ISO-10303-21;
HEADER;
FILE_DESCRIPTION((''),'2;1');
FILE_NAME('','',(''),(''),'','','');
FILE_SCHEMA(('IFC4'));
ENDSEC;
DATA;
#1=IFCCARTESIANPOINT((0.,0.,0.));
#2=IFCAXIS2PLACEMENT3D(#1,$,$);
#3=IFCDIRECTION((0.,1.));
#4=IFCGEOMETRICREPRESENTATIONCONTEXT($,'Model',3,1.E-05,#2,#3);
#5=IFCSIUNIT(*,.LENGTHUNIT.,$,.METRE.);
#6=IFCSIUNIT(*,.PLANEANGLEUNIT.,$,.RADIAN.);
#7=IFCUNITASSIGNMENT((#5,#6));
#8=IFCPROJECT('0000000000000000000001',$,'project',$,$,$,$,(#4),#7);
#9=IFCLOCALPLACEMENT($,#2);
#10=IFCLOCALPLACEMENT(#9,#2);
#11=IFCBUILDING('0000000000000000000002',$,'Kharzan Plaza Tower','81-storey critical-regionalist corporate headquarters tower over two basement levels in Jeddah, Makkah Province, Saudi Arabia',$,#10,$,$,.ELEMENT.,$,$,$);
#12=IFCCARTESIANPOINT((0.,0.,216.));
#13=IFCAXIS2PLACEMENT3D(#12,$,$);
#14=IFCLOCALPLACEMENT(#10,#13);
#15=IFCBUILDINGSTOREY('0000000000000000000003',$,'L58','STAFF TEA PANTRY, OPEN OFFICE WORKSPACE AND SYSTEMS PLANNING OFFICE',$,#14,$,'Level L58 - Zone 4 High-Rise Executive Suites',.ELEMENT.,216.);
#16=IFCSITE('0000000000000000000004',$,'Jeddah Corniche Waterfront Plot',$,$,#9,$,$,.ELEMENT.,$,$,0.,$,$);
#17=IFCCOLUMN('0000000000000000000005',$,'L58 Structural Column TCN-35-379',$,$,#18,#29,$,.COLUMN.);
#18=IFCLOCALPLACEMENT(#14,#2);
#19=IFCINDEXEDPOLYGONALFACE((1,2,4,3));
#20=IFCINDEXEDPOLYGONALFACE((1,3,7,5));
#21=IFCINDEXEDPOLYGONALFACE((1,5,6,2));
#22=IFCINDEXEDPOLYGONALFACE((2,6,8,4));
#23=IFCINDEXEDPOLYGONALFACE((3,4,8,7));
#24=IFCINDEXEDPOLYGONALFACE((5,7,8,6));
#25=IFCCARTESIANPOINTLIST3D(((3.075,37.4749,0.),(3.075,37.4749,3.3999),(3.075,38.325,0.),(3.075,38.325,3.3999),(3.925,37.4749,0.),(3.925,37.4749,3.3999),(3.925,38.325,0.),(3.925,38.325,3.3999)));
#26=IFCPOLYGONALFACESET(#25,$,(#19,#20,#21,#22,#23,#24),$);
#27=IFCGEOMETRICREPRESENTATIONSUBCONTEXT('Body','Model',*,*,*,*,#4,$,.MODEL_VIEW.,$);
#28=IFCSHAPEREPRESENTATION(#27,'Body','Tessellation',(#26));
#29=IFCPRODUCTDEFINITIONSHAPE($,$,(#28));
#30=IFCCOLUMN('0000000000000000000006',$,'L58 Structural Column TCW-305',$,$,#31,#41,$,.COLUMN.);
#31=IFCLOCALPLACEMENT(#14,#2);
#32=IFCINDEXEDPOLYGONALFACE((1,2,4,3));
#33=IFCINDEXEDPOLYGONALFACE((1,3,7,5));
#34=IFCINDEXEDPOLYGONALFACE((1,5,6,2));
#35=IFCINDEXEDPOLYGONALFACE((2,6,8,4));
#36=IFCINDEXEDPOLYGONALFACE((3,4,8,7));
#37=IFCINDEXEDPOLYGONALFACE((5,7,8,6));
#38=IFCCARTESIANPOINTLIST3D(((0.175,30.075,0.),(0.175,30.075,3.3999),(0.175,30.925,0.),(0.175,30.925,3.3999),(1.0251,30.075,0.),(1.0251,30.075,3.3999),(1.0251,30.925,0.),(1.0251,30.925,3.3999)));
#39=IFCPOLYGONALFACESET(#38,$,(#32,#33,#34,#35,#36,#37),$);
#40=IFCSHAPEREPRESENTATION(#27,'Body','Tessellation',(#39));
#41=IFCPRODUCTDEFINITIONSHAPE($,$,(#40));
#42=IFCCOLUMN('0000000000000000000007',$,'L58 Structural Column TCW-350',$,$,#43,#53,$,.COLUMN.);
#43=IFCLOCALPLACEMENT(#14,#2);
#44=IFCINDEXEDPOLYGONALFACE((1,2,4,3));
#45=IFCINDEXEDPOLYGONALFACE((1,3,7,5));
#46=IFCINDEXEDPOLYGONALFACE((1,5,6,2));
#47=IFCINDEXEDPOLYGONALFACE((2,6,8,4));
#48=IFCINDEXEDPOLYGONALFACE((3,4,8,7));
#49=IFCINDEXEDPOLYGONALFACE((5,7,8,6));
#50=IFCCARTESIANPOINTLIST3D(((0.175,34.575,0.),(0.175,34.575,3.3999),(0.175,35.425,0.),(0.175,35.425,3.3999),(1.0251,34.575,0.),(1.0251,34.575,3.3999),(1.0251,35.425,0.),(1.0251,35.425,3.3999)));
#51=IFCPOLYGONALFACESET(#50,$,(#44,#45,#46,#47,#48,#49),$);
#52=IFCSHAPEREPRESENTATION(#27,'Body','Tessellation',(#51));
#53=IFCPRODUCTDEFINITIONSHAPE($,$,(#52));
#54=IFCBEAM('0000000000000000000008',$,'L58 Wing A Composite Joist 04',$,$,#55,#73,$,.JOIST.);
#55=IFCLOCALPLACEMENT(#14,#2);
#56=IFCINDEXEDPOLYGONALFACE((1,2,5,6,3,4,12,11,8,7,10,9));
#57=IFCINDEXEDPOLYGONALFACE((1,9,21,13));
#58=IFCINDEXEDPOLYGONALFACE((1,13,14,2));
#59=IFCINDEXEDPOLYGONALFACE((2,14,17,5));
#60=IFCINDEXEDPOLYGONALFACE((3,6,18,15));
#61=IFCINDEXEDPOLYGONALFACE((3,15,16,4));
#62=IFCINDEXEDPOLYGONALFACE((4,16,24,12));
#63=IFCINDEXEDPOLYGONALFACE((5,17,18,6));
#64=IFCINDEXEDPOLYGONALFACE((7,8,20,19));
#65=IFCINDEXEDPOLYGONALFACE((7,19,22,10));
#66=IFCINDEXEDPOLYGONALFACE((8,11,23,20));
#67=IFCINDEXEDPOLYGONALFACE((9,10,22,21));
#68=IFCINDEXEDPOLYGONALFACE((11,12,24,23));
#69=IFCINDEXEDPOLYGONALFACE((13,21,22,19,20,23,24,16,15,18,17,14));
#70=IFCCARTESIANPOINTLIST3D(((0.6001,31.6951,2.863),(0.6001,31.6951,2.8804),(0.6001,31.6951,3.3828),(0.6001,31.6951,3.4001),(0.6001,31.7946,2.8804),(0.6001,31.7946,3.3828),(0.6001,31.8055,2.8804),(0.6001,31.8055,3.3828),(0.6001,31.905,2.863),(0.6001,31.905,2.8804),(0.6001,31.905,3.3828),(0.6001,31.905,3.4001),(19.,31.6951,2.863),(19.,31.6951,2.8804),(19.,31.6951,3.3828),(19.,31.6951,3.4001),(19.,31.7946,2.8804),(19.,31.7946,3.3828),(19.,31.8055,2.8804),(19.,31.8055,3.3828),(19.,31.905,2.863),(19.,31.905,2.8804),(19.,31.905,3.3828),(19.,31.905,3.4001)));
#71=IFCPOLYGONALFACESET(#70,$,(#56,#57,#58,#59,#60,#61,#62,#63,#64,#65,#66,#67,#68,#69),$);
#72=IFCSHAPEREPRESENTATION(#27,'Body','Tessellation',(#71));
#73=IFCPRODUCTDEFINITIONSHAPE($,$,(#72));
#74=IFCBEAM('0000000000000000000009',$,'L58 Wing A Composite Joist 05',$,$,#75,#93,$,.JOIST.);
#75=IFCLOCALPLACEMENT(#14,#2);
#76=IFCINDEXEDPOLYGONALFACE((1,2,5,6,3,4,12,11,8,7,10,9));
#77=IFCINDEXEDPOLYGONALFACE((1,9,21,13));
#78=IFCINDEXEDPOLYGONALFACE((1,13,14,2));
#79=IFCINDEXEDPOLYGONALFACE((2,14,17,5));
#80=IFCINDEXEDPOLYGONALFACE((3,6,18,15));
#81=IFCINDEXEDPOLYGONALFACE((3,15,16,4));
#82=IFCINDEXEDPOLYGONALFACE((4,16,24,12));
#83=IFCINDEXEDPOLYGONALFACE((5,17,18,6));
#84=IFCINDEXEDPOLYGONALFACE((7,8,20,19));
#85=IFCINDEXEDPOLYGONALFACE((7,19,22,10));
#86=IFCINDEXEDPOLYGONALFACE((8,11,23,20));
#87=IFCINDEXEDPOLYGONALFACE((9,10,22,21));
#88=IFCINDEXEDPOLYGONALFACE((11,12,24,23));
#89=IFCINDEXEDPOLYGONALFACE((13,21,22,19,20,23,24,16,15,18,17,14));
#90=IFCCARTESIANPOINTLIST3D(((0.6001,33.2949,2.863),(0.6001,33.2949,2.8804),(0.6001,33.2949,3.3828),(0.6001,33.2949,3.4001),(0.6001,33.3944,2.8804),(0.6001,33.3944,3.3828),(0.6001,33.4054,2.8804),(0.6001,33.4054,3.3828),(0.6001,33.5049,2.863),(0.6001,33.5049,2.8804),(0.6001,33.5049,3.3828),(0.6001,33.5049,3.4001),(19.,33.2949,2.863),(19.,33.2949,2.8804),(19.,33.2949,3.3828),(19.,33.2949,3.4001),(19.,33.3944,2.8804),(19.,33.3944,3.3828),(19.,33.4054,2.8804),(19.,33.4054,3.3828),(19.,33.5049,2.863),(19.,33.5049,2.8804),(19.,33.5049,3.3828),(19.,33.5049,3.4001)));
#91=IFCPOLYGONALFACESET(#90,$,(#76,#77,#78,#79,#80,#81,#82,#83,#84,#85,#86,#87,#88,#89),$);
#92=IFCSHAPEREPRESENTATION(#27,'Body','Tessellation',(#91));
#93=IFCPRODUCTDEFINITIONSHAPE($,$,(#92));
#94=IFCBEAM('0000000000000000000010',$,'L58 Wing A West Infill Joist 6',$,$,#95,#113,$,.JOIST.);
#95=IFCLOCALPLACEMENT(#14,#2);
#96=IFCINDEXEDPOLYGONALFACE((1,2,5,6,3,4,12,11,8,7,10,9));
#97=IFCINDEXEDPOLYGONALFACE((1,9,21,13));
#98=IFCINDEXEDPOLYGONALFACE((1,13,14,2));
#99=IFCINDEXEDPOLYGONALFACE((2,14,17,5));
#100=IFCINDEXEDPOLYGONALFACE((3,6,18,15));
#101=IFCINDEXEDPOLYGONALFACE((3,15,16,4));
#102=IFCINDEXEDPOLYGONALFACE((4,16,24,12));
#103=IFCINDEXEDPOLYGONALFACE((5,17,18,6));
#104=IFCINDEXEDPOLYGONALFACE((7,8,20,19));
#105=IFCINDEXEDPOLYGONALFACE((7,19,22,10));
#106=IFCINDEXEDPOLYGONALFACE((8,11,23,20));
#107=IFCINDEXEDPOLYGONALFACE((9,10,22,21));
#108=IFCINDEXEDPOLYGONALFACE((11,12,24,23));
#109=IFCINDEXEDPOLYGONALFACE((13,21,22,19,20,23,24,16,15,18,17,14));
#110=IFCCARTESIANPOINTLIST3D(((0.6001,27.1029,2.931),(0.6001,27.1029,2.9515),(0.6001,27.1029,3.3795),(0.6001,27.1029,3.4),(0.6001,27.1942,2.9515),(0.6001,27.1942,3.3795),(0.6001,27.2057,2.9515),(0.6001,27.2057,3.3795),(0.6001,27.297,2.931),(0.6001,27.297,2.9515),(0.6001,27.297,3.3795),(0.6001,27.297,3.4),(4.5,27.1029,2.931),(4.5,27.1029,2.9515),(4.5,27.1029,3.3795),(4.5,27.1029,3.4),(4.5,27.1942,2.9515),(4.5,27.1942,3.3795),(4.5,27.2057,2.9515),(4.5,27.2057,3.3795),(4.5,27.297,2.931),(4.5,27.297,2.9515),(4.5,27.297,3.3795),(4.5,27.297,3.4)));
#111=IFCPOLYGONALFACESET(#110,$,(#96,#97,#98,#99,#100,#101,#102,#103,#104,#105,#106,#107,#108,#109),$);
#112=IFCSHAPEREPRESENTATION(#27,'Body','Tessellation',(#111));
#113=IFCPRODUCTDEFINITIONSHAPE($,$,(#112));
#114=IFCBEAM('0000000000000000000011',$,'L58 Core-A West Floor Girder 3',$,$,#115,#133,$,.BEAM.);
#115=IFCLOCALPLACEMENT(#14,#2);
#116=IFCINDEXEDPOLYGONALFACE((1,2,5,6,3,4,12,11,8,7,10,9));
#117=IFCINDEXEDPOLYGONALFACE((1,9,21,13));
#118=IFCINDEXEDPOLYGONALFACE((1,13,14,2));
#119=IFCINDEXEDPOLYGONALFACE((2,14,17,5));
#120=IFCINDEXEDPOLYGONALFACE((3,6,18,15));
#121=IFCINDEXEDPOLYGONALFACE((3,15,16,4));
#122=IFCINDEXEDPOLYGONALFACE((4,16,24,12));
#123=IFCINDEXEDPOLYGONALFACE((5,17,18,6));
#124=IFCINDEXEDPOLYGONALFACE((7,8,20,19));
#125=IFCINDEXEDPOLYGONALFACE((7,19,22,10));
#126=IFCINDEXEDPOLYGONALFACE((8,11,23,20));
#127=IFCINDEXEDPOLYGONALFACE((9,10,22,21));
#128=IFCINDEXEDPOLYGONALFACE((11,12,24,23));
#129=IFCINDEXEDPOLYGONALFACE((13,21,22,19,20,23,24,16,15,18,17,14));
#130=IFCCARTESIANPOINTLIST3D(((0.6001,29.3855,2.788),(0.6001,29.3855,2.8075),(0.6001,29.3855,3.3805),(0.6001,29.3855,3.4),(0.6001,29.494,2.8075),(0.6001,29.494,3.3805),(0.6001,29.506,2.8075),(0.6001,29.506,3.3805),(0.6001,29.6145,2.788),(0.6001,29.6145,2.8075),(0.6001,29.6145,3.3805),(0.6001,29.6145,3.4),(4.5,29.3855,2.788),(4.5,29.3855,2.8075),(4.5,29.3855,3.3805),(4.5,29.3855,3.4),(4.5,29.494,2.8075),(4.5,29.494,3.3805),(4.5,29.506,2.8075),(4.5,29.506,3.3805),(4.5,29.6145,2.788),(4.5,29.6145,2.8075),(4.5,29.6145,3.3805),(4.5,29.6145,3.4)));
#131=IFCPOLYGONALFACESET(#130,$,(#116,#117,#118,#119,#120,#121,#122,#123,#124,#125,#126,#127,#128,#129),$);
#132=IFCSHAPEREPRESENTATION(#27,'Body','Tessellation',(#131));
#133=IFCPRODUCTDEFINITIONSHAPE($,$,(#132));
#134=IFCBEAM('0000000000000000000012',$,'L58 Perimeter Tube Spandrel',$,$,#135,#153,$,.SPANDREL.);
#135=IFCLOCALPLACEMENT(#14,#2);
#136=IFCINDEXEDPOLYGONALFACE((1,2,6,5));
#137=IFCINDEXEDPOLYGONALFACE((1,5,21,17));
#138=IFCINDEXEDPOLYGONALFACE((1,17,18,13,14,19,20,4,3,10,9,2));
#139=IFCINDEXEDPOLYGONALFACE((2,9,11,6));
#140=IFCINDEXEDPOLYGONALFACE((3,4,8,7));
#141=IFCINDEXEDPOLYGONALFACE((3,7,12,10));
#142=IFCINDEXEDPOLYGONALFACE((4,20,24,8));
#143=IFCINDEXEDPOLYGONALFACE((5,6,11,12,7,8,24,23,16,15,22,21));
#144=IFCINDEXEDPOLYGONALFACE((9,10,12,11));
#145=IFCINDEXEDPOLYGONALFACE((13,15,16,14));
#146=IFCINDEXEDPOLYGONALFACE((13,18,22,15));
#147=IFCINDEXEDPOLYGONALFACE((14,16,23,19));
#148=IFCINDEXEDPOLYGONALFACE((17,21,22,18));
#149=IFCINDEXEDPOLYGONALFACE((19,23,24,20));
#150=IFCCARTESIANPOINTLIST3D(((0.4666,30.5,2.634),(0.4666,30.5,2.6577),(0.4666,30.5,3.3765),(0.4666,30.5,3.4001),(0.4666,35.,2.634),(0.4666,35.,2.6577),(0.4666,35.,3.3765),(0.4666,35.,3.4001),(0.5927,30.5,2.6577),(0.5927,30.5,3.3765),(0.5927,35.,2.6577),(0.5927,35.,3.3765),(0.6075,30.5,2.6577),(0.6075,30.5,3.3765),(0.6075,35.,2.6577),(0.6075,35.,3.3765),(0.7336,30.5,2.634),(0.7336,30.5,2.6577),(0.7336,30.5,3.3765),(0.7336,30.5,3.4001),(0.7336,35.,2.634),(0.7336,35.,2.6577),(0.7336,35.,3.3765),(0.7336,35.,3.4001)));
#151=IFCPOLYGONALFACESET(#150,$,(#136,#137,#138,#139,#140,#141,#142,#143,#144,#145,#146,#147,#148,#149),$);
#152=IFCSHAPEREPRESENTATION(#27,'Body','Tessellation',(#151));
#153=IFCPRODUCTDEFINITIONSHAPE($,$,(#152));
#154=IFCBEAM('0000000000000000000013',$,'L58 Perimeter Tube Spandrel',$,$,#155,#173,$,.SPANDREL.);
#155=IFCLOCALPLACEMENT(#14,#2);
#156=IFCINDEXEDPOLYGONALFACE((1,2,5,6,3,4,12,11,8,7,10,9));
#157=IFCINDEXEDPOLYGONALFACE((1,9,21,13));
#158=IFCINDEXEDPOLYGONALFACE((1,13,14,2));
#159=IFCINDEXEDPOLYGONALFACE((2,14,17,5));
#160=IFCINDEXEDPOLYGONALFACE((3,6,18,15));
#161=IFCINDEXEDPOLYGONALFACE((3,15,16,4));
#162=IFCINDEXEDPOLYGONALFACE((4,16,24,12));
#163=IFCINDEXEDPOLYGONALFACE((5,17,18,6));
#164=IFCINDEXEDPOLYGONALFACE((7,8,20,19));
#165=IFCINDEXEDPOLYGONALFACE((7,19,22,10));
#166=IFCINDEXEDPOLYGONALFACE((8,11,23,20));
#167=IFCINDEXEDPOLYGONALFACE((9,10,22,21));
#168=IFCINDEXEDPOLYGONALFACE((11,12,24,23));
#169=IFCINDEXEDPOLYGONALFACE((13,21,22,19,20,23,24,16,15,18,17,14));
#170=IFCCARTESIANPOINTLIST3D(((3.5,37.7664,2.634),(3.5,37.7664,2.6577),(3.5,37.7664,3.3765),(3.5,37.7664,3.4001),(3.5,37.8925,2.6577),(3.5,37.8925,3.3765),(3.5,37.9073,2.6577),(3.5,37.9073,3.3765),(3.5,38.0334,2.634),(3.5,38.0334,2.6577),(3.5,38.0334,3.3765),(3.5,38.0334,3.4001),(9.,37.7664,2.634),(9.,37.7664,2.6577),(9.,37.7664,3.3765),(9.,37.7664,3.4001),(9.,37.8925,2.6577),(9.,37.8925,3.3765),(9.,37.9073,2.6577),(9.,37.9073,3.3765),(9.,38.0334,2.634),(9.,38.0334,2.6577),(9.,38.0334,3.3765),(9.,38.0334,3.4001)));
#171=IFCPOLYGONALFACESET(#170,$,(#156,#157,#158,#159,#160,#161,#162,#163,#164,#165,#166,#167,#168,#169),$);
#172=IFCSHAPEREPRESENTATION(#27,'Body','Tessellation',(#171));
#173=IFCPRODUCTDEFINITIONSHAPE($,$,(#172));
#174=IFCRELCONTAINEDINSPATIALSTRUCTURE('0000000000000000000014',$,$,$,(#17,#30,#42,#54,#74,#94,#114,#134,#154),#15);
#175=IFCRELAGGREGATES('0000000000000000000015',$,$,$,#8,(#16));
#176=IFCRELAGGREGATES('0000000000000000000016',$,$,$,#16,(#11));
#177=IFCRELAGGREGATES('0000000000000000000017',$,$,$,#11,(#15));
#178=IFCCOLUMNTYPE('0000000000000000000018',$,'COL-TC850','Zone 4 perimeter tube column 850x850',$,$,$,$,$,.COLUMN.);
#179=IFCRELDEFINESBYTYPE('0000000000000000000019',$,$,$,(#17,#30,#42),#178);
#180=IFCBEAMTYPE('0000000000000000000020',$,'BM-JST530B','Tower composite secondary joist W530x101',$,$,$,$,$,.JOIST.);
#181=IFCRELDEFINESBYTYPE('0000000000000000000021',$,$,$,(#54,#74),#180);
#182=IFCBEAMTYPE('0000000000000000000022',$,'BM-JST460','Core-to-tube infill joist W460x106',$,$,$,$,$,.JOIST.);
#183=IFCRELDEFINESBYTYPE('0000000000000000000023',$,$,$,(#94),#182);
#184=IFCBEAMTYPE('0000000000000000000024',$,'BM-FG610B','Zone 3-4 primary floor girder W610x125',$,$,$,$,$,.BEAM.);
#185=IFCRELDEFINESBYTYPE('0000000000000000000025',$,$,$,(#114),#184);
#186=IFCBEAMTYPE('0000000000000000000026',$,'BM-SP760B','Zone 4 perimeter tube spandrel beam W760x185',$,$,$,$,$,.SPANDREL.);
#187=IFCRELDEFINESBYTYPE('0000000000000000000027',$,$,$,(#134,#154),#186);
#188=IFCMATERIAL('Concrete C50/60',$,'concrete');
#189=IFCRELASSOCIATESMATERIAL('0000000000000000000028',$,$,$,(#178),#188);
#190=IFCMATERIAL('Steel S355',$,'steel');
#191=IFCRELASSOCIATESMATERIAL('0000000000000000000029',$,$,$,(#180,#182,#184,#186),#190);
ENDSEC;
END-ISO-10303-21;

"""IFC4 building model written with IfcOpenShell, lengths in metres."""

from ifc_helpers import new_model, si_unit, direction, frame, origin, origin_2d, place, context, subcontext, project, spatial, rectangle, i_section, extrude, source, transform, mapped, material, material_profile, profile_set, type_object, element, save


model = new_model("IFC4")

# Units and contexts
model_context = context("Model", 3, precision=1e-05, world=origin(), true_north=direction((0.0, 1.0)))
body_context = subcontext(model_context, "Body", "Model", "MODEL_VIEW")
ifc_project = project(units=[si_unit("LENGTHUNIT", "METRE"), si_unit("PLANEANGLEUNIT", "RADIAN")], contexts=[model_context])

# Site, building, storey
site_placement = place(None, origin())
site = spatial("IfcSite", under=ifc_project, at=site_placement, Name="Jeddah Corniche Waterfront Plot", CompositionType="ELEMENT", RefElevation=0.0)
building_placement = place(site_placement, origin())
building = spatial("IfcBuilding", under=site, at=building_placement, Name="Kharzan Plaza Tower", Description="81-storey critical-regionalist corporate headquarters tower over two basement levels in Jeddah, Makkah Province, Saudi Arabia", CompositionType="ELEMENT")
storey_placement = place(building_placement, frame((0.0, 0.0, 216.0)))
storey = spatial("IfcBuildingStorey", under=building, at=storey_placement, Name="L58", Description="STAFF TEA PANTRY, OPEN OFFICE WORKSPACE AND SYSTEMS PLANNING OFFICE", LongName="Level L58 - Zone 4 High-Rise Executive Suites", CompositionType="ELEMENT", Elevation=216.0)

# Columns
ifc_material_1 = material(Name="Concrete C50/60", Category="concrete")
ifc_material_profile_1 = material_profile(ifc_material_1, rectangle(XDim=0.8501, YDim=0.8501, at=origin_2d()), Name="RC-TC850x850")
ifc_profile_set_1 = profile_set([ifc_material_profile_1], Name="Concrete C50/60")
column_type = type_object("IfcColumnType", Name="COL-TC850", Description="Zone 4 perimeter tube column 850x850", PredefinedType="COLUMN", material=ifc_profile_set_1)
shared_shape_1 = source(origin(), body_context, "Body", "SweptSolid", [
    extrude(rectangle(XDim=0.8501, YDim=0.8501, at=origin_2d()), origin(), (0.0, 0.0, 1.0), 3.3999),
])
for number, where, z_axis, x_axis, name in (
    (1, (3.5, 37.8999, 0.0), (0.0, 0.0, 1.0), (1.0, 0.0, 0.0), "L58 Structural Column TCN-35-379"),
    (2, (0.6001, 30.5, 0.0), (0.0, 0.0, 1.0), (1.0, 0.0, 0.0), "L58 Structural Column TCW-305"),
    (3, (0.6001, 35.0, 0.0), (0.0, 0.0, 1.0), (1.0, 0.0, 0.0), "L58 Structural Column TCW-350"),
):
    element("IfcColumn", number, at=place(storey_placement, frame(where, z_axis=z_axis, x_axis=x_axis)), inside=storey, type_object=column_type, Name=name, PredefinedType="COLUMN", context=body_context, shape_type="MappedRepresentation", body=[
        mapped(shared_shape_1, transform((0.0, 0.0, 0.0), x_axis=(1.0, 0.0, 0.0), y_axis=(0.0, 1.0, 0.0), z_axis=(0.0, 0.0, 1.0))),
    ])

# Beams
ifc_material_2 = material(Name="Steel S355", Category="steel")
ifc_material_profile_2 = material_profile(ifc_material_2, i_section(OverallWidth=0.21, OverallDepth=0.5371, WebThickness=0.011, FlangeThickness=0.0173, at=origin_2d()), Name="W530x101")
ifc_profile_set_2 = profile_set([ifc_material_profile_2], Name="Steel S355")
beam_type_1 = type_object("IfcBeamType", Name="BM-JST530B", Description="Tower composite secondary joist W530x101", PredefinedType="JOIST", material=ifc_profile_set_2)
shared_shape_2 = source(origin(), body_context, "Body", "SweptSolid", [
    extrude(i_section(OverallWidth=0.21, OverallDepth=0.5371, WebThickness=0.011, FlangeThickness=0.0173, at=origin_2d()), origin(), (0.0, 0.0, 1.0), 18.3999),
])
for number, where, z_axis, x_axis, name in (
    (4, (0.6001, 31.8, 3.1316), (1.0, 0.0, 0.0), (0.0, 1.0, 0.0), "L58 Wing A Composite Joist 04"),
    (5, (0.6001, 33.3999, 3.1316), (1.0, 0.0, 0.0), (0.0, 1.0, 0.0), "L58 Wing A Composite Joist 05"),
):
    element("IfcBeam", number, at=place(storey_placement, frame(where, z_axis=z_axis, x_axis=x_axis)), inside=storey, type_object=beam_type_1, Name=name, PredefinedType="JOIST", context=body_context, shape_type="MappedRepresentation", body=[
        mapped(shared_shape_2, transform((0.0, 0.0, 0.0), x_axis=(1.0, 0.0, 0.0), y_axis=(0.0, 1.0, 0.0), z_axis=(0.0, 0.0, 1.0))),
    ])
ifc_material_profile_3 = material_profile(ifc_material_2, i_section(OverallWidth=0.1941, OverallDepth=0.469, WebThickness=0.0115, FlangeThickness=0.0205, at=origin_2d()), Name="W460x106")
ifc_profile_set_3 = profile_set([ifc_material_profile_3], Name="Steel S355")
beam_type_2 = type_object("IfcBeamType", Name="BM-JST460", Description="Core-to-tube infill joist W460x106", PredefinedType="JOIST", material=ifc_profile_set_3)
shared_shape_3 = source(origin(), body_context, "Body", "SweptSolid", [
    extrude(i_section(OverallWidth=0.1941, OverallDepth=0.469, WebThickness=0.0115, FlangeThickness=0.0205, at=origin_2d()), origin(), (0.0, 0.0, 1.0), 3.8999),
])
beam_1_placement = place(storey_placement, frame((0.6001, 27.2, 3.1655), z_axis=(1.0, 0.0, 0.0), x_axis=(0.0, 1.0, 0.0)))
element("IfcBeam", 6, at=beam_1_placement, inside=storey, type_object=beam_type_2, Name="L58 Wing A West Infill Joist 6", PredefinedType="JOIST", context=body_context, shape_type="MappedRepresentation", body=[
    mapped(shared_shape_3, transform((0.0, 0.0, 0.0), x_axis=(1.0, 0.0, 0.0), y_axis=(0.0, 1.0, 0.0), z_axis=(0.0, 0.0, 1.0))),
])
ifc_material_profile_4 = material_profile(ifc_material_2, i_section(OverallWidth=0.229, OverallDepth=0.6121, WebThickness=0.012, FlangeThickness=0.0195, at=origin_2d()), Name="W610x125")
ifc_profile_set_4 = profile_set([ifc_material_profile_4], Name="Steel S355")
beam_type_3 = type_object("IfcBeamType", Name="BM-FG610B", Description="Zone 3-4 primary floor girder W610x125", PredefinedType="BEAM", material=ifc_profile_set_4)
shared_shape_4 = source(origin(), body_context, "Body", "SweptSolid", [
    extrude(i_section(OverallWidth=0.229, OverallDepth=0.6121, WebThickness=0.012, FlangeThickness=0.0195, at=origin_2d()), origin(), (0.0, 0.0, 1.0), 3.8999),
])
beam_2_placement = place(storey_placement, frame((0.6001, 29.5, 3.094), z_axis=(1.0, 0.0, 0.0), x_axis=(0.0, 1.0, 0.0)))
element("IfcBeam", 7, at=beam_2_placement, inside=storey, type_object=beam_type_3, Name="L58 Core-A West Floor Girder 3", PredefinedType="BEAM", context=body_context, shape_type="MappedRepresentation", body=[
    mapped(shared_shape_4, transform((0.0, 0.0, 0.0), x_axis=(1.0, 0.0, 0.0), y_axis=(0.0, 1.0, 0.0), z_axis=(0.0, 0.0, 1.0))),
])
ifc_material_profile_5 = material_profile(ifc_material_2, i_section(OverallWidth=0.2671, OverallDepth=0.7661, WebThickness=0.0149, FlangeThickness=0.0237, at=origin_2d()), Name="W760x185")
ifc_profile_set_5 = profile_set([ifc_material_profile_5], Name="Steel S355")
beam_type_4 = type_object("IfcBeamType", Name="BM-SP760B", Description="Zone 4 perimeter tube spandrel beam W760x185", PredefinedType="SPANDREL", material=ifc_profile_set_5)
shared_shape_5 = source(origin(), body_context, "Body", "SweptSolid", [
    extrude(i_section(OverallWidth=0.2671, OverallDepth=0.7661, WebThickness=0.0149, FlangeThickness=0.0237, at=origin_2d()), origin(), (0.0, 0.0, 1.0), 4.5),
])
beam_3_placement = place(storey_placement, frame((0.6001, 30.5, 3.0171), z_axis=(0.0, 1.0, 0.0), x_axis=(-1.0, 0.0, 0.0)))
element("IfcBeam", 8, at=beam_3_placement, inside=storey, type_object=beam_type_4, Name="L58 Perimeter Tube Spandrel", PredefinedType="SPANDREL", context=body_context, shape_type="MappedRepresentation", body=[
    mapped(shared_shape_5, transform((0.0, 0.0, 0.0), x_axis=(1.0, 0.0, 0.0), y_axis=(0.0, 1.0, 0.0), z_axis=(0.0, 0.0, 1.0))),
])
shared_shape_6 = source(origin(), body_context, "Body", "SweptSolid", [
    extrude(i_section(OverallWidth=0.2671, OverallDepth=0.7661, WebThickness=0.0149, FlangeThickness=0.0237, at=origin_2d()), origin(), (0.0, 0.0, 1.0), 5.5),
])
beam_4_placement = place(storey_placement, frame((3.5, 37.8999, 3.0171), z_axis=(1.0, 0.0, 0.0), x_axis=(0.0, 1.0, 0.0)))
element("IfcBeam", 9, at=beam_4_placement, inside=storey, type_object=beam_type_4, Name="L58 Perimeter Tube Spandrel", PredefinedType="SPANDREL", context=body_context, shape_type="MappedRepresentation", body=[
    mapped(shared_shape_6, transform((0.0, 0.0, 0.0), x_axis=(1.0, 0.0, 0.0), y_axis=(0.0, 1.0, 0.0), z_axis=(0.0, 0.0, 1.0))),
])

save(model, "model.ifc")
